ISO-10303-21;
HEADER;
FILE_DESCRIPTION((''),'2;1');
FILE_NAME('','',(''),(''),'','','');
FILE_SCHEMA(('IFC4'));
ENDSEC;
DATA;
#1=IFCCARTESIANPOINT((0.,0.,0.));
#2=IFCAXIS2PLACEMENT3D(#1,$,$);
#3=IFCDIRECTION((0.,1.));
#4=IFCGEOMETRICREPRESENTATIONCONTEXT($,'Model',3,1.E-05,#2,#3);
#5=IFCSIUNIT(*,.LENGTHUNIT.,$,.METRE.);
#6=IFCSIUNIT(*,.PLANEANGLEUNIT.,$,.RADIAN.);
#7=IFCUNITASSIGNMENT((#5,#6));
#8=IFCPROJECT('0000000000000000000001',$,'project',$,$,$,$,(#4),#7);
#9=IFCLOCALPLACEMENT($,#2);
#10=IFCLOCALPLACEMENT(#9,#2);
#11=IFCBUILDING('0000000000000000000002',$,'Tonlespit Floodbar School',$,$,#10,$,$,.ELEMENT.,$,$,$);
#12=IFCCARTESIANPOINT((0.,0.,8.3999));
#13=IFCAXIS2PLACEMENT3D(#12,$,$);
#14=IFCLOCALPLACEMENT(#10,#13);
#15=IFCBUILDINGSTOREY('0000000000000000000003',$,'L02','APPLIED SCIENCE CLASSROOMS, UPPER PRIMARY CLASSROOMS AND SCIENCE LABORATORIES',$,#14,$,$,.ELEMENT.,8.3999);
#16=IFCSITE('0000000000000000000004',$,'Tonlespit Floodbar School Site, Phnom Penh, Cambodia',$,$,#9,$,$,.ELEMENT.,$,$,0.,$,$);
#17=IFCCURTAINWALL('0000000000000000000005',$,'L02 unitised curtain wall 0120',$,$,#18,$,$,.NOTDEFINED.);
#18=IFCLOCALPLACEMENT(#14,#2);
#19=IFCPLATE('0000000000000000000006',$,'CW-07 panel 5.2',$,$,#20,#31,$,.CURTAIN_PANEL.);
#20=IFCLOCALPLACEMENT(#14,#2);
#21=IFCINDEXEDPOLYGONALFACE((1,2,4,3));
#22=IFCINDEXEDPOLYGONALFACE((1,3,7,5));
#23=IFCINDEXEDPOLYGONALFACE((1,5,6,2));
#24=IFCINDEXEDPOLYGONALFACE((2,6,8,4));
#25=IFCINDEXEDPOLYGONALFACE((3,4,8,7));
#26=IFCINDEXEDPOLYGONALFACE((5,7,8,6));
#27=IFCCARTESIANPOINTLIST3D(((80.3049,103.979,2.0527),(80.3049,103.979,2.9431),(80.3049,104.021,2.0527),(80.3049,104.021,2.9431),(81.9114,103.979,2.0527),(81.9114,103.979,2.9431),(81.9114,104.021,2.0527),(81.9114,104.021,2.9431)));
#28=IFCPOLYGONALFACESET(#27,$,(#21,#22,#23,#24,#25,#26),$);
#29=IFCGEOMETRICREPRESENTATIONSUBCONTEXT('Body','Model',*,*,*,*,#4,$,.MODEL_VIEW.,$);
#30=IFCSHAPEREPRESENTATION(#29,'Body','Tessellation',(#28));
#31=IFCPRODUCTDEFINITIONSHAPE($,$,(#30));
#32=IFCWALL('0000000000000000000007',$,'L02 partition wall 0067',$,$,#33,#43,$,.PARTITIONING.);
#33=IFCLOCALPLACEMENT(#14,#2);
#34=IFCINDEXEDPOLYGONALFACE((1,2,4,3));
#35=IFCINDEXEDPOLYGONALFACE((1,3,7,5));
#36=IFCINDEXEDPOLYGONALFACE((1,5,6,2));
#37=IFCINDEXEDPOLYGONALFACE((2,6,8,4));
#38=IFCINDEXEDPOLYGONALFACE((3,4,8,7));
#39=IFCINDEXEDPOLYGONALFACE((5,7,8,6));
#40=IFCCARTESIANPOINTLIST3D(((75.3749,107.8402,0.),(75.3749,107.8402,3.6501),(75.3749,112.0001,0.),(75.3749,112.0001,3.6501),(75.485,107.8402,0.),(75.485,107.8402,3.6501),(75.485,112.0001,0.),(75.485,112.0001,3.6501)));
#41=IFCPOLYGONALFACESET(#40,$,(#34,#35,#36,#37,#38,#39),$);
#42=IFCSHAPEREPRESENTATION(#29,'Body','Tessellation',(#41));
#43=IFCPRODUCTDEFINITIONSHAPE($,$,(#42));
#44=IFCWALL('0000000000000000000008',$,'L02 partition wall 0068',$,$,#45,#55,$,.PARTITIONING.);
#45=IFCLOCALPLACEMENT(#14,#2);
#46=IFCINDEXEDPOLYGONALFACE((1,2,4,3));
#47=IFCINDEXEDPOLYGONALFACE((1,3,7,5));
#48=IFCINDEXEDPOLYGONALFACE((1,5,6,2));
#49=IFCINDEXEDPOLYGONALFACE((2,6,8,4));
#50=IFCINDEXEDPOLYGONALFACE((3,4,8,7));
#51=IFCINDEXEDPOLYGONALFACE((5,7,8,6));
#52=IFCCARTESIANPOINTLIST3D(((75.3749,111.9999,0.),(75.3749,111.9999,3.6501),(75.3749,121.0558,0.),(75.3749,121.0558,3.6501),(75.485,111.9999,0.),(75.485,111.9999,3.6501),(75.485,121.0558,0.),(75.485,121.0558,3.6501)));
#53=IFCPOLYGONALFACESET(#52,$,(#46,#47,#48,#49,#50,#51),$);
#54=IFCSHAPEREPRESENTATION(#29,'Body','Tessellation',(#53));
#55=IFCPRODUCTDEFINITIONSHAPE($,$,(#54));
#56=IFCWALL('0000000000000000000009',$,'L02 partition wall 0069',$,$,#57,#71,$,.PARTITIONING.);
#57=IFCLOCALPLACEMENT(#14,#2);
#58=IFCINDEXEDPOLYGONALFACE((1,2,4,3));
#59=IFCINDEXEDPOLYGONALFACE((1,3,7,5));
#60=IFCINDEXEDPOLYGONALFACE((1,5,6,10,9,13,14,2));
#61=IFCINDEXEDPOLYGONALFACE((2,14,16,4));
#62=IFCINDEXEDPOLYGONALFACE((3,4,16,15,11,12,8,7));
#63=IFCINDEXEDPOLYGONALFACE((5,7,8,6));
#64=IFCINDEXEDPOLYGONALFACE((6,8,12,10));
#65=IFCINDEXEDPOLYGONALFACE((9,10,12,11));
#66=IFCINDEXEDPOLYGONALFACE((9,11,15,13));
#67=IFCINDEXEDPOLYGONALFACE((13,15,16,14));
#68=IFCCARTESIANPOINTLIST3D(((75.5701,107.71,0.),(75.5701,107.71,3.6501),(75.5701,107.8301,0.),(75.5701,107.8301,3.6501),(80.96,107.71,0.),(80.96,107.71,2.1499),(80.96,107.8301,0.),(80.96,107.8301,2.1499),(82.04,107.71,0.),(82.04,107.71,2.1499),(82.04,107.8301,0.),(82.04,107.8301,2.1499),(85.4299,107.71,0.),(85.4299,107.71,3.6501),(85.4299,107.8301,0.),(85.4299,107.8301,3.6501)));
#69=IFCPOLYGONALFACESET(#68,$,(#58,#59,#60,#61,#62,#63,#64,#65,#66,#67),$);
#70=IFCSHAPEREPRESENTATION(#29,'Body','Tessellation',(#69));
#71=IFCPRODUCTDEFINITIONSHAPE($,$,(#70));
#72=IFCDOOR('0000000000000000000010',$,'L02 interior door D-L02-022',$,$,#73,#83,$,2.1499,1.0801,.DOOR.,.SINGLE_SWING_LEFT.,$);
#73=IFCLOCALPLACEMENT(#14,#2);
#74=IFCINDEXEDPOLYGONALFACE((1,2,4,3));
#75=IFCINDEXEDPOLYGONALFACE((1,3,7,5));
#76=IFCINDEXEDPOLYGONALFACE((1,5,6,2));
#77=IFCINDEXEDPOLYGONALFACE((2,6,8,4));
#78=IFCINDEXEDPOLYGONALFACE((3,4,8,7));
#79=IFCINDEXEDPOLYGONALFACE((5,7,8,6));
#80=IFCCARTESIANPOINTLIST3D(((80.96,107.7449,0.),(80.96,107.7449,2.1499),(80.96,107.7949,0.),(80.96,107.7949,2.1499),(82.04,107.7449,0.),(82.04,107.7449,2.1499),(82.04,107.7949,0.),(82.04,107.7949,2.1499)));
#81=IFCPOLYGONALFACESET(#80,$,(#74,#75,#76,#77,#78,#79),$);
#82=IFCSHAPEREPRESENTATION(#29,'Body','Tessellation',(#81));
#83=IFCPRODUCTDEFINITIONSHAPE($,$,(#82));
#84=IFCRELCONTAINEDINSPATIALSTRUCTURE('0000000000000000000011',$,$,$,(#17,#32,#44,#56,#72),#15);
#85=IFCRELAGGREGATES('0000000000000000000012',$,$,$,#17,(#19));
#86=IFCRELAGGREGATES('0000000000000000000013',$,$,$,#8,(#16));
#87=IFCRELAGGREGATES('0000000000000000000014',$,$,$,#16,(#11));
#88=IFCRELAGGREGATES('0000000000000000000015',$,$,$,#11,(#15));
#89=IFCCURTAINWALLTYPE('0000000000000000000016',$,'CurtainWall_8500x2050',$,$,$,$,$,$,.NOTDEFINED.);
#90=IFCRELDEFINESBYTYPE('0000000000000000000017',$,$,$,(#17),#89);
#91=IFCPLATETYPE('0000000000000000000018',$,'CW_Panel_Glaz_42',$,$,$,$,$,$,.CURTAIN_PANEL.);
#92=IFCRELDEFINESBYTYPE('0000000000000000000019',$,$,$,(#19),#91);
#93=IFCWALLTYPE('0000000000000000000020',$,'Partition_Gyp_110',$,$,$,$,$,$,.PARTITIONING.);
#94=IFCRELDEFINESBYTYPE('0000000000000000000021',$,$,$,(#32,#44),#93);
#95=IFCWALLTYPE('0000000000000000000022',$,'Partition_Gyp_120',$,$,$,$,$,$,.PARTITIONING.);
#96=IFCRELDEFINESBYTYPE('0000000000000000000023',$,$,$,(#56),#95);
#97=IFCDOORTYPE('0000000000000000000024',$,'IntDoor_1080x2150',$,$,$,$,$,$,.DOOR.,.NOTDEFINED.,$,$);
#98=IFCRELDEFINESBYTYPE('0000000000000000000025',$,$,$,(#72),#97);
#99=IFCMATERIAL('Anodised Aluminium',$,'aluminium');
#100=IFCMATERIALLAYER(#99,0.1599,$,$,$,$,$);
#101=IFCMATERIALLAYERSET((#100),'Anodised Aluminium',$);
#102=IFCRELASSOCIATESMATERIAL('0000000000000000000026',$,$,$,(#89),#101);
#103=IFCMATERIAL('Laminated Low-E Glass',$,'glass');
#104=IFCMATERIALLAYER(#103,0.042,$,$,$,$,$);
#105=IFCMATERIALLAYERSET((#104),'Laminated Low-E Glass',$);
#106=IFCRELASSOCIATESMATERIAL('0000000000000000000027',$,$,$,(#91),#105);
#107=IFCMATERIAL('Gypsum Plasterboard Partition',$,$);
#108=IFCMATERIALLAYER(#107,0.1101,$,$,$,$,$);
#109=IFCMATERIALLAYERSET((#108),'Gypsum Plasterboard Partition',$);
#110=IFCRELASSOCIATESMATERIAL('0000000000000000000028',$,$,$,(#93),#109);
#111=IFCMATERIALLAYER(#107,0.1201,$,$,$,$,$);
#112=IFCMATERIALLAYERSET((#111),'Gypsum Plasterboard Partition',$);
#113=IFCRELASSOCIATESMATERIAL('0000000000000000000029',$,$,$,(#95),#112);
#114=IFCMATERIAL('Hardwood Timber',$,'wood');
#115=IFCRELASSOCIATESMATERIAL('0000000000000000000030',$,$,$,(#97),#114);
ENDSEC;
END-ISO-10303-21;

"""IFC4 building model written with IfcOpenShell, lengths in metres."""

from ifc_helpers import new_model, si_unit, direction, frame, frame_2d, origin, origin_2d, place, context, subcontext, project, spatial, rectangle, extrude, material, layer, layer_set, type_object, element, fill, aggregate, save


model = new_model("IFC4")

# Units and contexts
model_context = context("Model", 3, precision=1e-05, world=origin(), true_north=direction((0.0, 1.0)))
body_context = subcontext(model_context, "Body", "Model", "MODEL_VIEW")
ifc_project = project(units=[si_unit("LENGTHUNIT", "METRE"), si_unit("PLANEANGLEUNIT", "RADIAN")], contexts=[model_context])

# Site, building, storey
site_placement = place(None, origin())
site = spatial("IfcSite", under=ifc_project, at=site_placement, Name="Tonlespit Floodbar School Site, Phnom Penh, Cambodia", CompositionType="ELEMENT", RefElevation=0.0)
building_placement = place(site_placement, origin())
building = spatial("IfcBuilding", under=site, at=building_placement, Name="Tonlespit Floodbar School", CompositionType="ELEMENT")
storey_placement = place(building_placement, frame((0.0, 0.0, 8.3999)))
storey = spatial("IfcBuildingStorey", under=building, at=storey_placement, Name="L02", Description="APPLIED SCIENCE CLASSROOMS, UPPER PRIMARY CLASSROOMS AND SCIENCE LABORATORIES", CompositionType="ELEMENT", Elevation=8.3999)

# Curtain wall
ifc_material_1 = material(Name="Anodised Aluminium", Category="aluminium")
ifc_layer_1 = layer(ifc_material_1, 0.1599)
ifc_layer_set_1 = layer_set([ifc_layer_1], Name="Anodised Aluminium")
curtain_wall_type = type_object("IfcCurtainWallType", Name="CurtainWall_8500x2050", PredefinedType="NOTDEFINED", material=ifc_layer_set_1)
curtain_wall_placement = place(storey_placement, origin())
curtain_wall = element("IfcCurtainWall", 1, at=curtain_wall_placement, inside=storey, type_object=curtain_wall_type, Name="L02 unitised curtain wall 0120", PredefinedType="NOTDEFINED")

# Plate
ifc_material_2 = material(Name="Laminated Low-E Glass", Category="glass")
ifc_layer_2 = layer(ifc_material_2, 0.042)
ifc_layer_set_2 = layer_set([ifc_layer_2], Name="Laminated Low-E Glass")
plate_type = type_object("IfcPlateType", Name="CW_Panel_Glaz_42", PredefinedType="CURTAIN_PANEL", material=ifc_layer_set_2)
plate_1_placement = place(storey_placement, frame((81.1082, 104.0, 2.0527), z_axis=(0.0, 0.0, 1.0), x_axis=(-1.0, 0.0, 0.0)))
plate_1 = element("IfcPlate", 2, at=plate_1_placement, type_object=plate_type, Name="CW-07 panel 5.2", PredefinedType="CURTAIN_PANEL", context=body_context, shape_type="SweptSolid", body=[
    extrude(rectangle(XDim=1.6064, YDim=0.042, at=origin_2d()), origin(), (0.0, 0.0, 1.0), 0.8904),
])
aggregate(curtain_wall, [plate_1])

# Walls
ifc_material_3 = material(Name="Gypsum Plasterboard Partition")
ifc_layer_3 = layer(ifc_material_3, 0.1101)
ifc_layer_set_3 = layer_set([ifc_layer_3], Name="Gypsum Plasterboard Partition")
wall_type_1 = type_object("IfcWallType", Name="Partition_Gyp_110", PredefinedType="PARTITIONING", material=ifc_layer_set_3)
wall_1_placement = place(storey_placement, frame((75.4299, 107.8401, 0.0), z_axis=(0.0, 0.0, 1.0), x_axis=(0.0, 1.0, 0.0)))
element("IfcWall", 3, at=wall_1_placement, inside=storey, type_object=wall_type_1, Name="L02 partition wall 0067", PredefinedType="PARTITIONING", context=body_context, shape_type="SweptSolid", body=[
    extrude(rectangle(XDim=4.1599, YDim=0.1101, at=frame_2d((2.0801, 0.0))), origin(), (0.0, 0.0, 1.0), 3.6501),
])
wall_2_placement = place(storey_placement, frame((75.4299, 112.0, 0.0), z_axis=(0.0, 0.0, 1.0), x_axis=(0.0, 1.0, 0.0)))
element("IfcWall", 4, at=wall_2_placement, inside=storey, type_object=wall_type_1, Name="L02 partition wall 0068", PredefinedType="PARTITIONING", context=body_context, shape_type="SweptSolid", body=[
    extrude(rectangle(XDim=9.0559, YDim=0.1101, at=frame_2d((4.5278, 0.0))), origin(), (0.0, 0.0, 1.0), 3.6501),
])

# Wall, opening, door
ifc_layer_4 = layer(ifc_material_3, 0.1201)
ifc_layer_set_4 = layer_set([ifc_layer_4], Name="Gypsum Plasterboard Partition")
wall_type_2 = type_object("IfcWallType", Name="Partition_Gyp_120", PredefinedType="PARTITIONING", material=ifc_layer_set_4)
wall_3_placement = place(storey_placement, frame((75.5701, 107.77, 0.0), z_axis=(0.0, 0.0, 1.0), x_axis=(1.0, 0.0, 0.0)))
wall_3 = element("IfcWall", 5, at=wall_3_placement, inside=storey, type_object=wall_type_2, Name="L02 partition wall 0069", PredefinedType="PARTITIONING", context=body_context, shape_type="SweptSolid", body=[
    extrude(rectangle(XDim=9.8599, YDim=0.1201, at=frame_2d((4.9299, 0.0))), origin(), (0.0, 0.0, 1.0), 3.6501),
])
opening_1_placement = place(wall_3_placement, frame((5.3899, 0.0, 0.0)))
opening_1 = element("IfcOpeningElement", 6, at=opening_1_placement, cuts=wall_3, PredefinedType="OPENING", context=body_context, shape_type="SweptSolid", body=[
    extrude(rectangle(XDim=1.0801, YDim=2.1499, at=frame_2d((0.54, 1.075))), frame((0.0, 0.0701, 0.0), z_axis=(0.0, -1.0, 0.0), x_axis=(1.0, 0.0, 0.0)), (0.0, 0.0, 1.0), 0.1401),
])
ifc_material_4 = material(Name="Hardwood Timber", Category="wood")
door_type_1 = type_object("IfcDoorType", Name="IntDoor_1080x2150", OperationType="NOTDEFINED", PredefinedType="DOOR", material=ifc_material_4)
door_1_placement = place(opening_1_placement, origin())
door_1 = element("IfcDoor", 7, at=door_1_placement, inside=storey, type_object=door_type_1, Name="L02 interior door D-L02-022", OperationType="SINGLE_SWING_LEFT", OverallHeight=2.1499, OverallWidth=1.0801, PredefinedType="DOOR", context=body_context, shape_type="SweptSolid", body=[
    extrude(rectangle(XDim=1.0801, YDim=2.1499, at=frame_2d((0.54, 1.075))), frame((0.0, 0.0249, 0.0), z_axis=(0.0, -1.0, 0.0), x_axis=(1.0, 0.0, 0.0)), (0.0, 0.0, 1.0), 0.05),
])
fill(opening_1, door_1)

save(model, "model.ifc")
